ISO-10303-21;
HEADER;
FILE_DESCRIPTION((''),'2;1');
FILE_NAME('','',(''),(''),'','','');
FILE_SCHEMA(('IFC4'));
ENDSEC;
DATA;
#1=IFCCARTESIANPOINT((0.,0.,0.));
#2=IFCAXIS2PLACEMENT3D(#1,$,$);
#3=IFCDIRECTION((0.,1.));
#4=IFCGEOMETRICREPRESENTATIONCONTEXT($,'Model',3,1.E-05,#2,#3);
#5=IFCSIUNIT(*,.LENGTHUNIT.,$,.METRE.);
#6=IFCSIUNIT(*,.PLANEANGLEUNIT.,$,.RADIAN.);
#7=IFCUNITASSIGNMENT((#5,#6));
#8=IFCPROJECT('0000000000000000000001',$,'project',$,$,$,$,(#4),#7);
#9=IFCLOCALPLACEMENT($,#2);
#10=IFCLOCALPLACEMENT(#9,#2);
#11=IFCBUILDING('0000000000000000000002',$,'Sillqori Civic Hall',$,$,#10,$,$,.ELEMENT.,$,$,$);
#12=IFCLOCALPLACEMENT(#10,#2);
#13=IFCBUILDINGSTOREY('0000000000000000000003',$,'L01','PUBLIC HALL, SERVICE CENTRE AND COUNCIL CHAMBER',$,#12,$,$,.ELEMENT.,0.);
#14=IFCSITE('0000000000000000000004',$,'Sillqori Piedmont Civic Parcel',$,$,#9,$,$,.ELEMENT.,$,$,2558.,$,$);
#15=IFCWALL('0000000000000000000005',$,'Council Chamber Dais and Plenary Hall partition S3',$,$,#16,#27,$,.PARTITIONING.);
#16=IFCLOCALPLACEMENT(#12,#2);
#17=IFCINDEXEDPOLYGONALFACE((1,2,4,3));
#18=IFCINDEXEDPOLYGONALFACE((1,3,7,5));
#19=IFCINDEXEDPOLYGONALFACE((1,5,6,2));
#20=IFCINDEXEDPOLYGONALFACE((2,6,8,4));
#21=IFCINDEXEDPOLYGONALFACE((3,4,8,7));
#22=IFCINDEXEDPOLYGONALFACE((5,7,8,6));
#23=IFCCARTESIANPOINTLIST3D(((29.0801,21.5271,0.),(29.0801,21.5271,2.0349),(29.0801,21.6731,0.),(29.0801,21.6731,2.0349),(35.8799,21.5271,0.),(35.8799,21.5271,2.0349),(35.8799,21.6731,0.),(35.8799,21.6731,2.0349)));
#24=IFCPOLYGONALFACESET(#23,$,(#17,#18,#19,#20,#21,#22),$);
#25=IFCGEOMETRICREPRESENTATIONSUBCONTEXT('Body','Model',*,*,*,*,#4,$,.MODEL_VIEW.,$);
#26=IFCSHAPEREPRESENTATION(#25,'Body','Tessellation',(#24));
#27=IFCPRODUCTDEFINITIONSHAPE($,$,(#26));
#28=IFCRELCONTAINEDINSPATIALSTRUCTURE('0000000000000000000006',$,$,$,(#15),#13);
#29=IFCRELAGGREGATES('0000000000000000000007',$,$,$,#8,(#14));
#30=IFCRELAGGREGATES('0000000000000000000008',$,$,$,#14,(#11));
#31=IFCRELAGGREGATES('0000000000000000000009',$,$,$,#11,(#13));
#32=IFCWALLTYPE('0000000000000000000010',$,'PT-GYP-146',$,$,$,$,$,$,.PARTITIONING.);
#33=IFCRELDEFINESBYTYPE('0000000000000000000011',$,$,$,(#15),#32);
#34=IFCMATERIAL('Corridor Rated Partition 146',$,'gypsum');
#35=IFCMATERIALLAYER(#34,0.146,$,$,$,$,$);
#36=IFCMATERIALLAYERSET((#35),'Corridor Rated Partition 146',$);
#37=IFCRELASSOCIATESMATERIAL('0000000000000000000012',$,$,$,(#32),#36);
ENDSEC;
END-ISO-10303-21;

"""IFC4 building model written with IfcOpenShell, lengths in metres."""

from ifc_helpers import new_model, si_unit, direction, frame, frame_2d, origin, place, context, subcontext, project, spatial, rectangle, extrude, material, layer, layer_set, type_object, element, save


model = new_model("IFC4")

# Units and contexts
model_context = context("Model", 3, precision=1e-05, world=origin(), true_north=direction((0.0, 1.0)))
body_context = subcontext(model_context, "Body", "Model", "MODEL_VIEW")
ifc_project = project(units=[si_unit("LENGTHUNIT", "METRE"), si_unit("PLANEANGLEUNIT", "RADIAN")], contexts=[model_context])

# Site, building, storey
site_placement = place(None, origin())
site = spatial("IfcSite", under=ifc_project, at=site_placement, Name="Sillqori Piedmont Civic Parcel", CompositionType="ELEMENT", RefElevation=2558.0)
building_placement = place(site_placement, origin())
building = spatial("IfcBuilding", under=site, at=building_placement, Name="Sillqori Civic Hall", CompositionType="ELEMENT")
storey_placement = place(building_placement, origin())
storey = spatial("IfcBuildingStorey", under=building, at=storey_placement, Name="L01", Description="PUBLIC HALL, SERVICE CENTRE AND COUNCIL CHAMBER", CompositionType="ELEMENT", Elevation=0.0)

# Wall
ifc_material_1 = material(Name="Corridor Rated Partition 146", Category="gypsum")
ifc_layer_1 = layer(ifc_material_1, 0.146)
ifc_layer_set_1 = layer_set([ifc_layer_1], Name="Corridor Rated Partition 146")
wall_type_1 = type_object("IfcWallType", Name="PT-GYP-146", PredefinedType="PARTITIONING", material=ifc_layer_set_1)
wall_1_placement = place(storey_placement, frame((35.8799, 21.6001, 0.0), z_axis=(0.0, 0.0, 1.0), x_axis=(-1.0, 0.0, 0.0)))
element("IfcWall", 1, at=wall_1_placement, inside=storey, type_object=wall_type_1, Name="Council Chamber Dais and Plenary Hall partition S3", PredefinedType="PARTITIONING", context=body_context, shape_type="SweptSolid", body=[
    extrude(rectangle(XDim=6.7998, YDim=0.146, at=frame_2d((3.3999, 0.0))), origin(), (0.0, 0.0, 1.0), 2.0349),
])

save(model, "model.ifc")
